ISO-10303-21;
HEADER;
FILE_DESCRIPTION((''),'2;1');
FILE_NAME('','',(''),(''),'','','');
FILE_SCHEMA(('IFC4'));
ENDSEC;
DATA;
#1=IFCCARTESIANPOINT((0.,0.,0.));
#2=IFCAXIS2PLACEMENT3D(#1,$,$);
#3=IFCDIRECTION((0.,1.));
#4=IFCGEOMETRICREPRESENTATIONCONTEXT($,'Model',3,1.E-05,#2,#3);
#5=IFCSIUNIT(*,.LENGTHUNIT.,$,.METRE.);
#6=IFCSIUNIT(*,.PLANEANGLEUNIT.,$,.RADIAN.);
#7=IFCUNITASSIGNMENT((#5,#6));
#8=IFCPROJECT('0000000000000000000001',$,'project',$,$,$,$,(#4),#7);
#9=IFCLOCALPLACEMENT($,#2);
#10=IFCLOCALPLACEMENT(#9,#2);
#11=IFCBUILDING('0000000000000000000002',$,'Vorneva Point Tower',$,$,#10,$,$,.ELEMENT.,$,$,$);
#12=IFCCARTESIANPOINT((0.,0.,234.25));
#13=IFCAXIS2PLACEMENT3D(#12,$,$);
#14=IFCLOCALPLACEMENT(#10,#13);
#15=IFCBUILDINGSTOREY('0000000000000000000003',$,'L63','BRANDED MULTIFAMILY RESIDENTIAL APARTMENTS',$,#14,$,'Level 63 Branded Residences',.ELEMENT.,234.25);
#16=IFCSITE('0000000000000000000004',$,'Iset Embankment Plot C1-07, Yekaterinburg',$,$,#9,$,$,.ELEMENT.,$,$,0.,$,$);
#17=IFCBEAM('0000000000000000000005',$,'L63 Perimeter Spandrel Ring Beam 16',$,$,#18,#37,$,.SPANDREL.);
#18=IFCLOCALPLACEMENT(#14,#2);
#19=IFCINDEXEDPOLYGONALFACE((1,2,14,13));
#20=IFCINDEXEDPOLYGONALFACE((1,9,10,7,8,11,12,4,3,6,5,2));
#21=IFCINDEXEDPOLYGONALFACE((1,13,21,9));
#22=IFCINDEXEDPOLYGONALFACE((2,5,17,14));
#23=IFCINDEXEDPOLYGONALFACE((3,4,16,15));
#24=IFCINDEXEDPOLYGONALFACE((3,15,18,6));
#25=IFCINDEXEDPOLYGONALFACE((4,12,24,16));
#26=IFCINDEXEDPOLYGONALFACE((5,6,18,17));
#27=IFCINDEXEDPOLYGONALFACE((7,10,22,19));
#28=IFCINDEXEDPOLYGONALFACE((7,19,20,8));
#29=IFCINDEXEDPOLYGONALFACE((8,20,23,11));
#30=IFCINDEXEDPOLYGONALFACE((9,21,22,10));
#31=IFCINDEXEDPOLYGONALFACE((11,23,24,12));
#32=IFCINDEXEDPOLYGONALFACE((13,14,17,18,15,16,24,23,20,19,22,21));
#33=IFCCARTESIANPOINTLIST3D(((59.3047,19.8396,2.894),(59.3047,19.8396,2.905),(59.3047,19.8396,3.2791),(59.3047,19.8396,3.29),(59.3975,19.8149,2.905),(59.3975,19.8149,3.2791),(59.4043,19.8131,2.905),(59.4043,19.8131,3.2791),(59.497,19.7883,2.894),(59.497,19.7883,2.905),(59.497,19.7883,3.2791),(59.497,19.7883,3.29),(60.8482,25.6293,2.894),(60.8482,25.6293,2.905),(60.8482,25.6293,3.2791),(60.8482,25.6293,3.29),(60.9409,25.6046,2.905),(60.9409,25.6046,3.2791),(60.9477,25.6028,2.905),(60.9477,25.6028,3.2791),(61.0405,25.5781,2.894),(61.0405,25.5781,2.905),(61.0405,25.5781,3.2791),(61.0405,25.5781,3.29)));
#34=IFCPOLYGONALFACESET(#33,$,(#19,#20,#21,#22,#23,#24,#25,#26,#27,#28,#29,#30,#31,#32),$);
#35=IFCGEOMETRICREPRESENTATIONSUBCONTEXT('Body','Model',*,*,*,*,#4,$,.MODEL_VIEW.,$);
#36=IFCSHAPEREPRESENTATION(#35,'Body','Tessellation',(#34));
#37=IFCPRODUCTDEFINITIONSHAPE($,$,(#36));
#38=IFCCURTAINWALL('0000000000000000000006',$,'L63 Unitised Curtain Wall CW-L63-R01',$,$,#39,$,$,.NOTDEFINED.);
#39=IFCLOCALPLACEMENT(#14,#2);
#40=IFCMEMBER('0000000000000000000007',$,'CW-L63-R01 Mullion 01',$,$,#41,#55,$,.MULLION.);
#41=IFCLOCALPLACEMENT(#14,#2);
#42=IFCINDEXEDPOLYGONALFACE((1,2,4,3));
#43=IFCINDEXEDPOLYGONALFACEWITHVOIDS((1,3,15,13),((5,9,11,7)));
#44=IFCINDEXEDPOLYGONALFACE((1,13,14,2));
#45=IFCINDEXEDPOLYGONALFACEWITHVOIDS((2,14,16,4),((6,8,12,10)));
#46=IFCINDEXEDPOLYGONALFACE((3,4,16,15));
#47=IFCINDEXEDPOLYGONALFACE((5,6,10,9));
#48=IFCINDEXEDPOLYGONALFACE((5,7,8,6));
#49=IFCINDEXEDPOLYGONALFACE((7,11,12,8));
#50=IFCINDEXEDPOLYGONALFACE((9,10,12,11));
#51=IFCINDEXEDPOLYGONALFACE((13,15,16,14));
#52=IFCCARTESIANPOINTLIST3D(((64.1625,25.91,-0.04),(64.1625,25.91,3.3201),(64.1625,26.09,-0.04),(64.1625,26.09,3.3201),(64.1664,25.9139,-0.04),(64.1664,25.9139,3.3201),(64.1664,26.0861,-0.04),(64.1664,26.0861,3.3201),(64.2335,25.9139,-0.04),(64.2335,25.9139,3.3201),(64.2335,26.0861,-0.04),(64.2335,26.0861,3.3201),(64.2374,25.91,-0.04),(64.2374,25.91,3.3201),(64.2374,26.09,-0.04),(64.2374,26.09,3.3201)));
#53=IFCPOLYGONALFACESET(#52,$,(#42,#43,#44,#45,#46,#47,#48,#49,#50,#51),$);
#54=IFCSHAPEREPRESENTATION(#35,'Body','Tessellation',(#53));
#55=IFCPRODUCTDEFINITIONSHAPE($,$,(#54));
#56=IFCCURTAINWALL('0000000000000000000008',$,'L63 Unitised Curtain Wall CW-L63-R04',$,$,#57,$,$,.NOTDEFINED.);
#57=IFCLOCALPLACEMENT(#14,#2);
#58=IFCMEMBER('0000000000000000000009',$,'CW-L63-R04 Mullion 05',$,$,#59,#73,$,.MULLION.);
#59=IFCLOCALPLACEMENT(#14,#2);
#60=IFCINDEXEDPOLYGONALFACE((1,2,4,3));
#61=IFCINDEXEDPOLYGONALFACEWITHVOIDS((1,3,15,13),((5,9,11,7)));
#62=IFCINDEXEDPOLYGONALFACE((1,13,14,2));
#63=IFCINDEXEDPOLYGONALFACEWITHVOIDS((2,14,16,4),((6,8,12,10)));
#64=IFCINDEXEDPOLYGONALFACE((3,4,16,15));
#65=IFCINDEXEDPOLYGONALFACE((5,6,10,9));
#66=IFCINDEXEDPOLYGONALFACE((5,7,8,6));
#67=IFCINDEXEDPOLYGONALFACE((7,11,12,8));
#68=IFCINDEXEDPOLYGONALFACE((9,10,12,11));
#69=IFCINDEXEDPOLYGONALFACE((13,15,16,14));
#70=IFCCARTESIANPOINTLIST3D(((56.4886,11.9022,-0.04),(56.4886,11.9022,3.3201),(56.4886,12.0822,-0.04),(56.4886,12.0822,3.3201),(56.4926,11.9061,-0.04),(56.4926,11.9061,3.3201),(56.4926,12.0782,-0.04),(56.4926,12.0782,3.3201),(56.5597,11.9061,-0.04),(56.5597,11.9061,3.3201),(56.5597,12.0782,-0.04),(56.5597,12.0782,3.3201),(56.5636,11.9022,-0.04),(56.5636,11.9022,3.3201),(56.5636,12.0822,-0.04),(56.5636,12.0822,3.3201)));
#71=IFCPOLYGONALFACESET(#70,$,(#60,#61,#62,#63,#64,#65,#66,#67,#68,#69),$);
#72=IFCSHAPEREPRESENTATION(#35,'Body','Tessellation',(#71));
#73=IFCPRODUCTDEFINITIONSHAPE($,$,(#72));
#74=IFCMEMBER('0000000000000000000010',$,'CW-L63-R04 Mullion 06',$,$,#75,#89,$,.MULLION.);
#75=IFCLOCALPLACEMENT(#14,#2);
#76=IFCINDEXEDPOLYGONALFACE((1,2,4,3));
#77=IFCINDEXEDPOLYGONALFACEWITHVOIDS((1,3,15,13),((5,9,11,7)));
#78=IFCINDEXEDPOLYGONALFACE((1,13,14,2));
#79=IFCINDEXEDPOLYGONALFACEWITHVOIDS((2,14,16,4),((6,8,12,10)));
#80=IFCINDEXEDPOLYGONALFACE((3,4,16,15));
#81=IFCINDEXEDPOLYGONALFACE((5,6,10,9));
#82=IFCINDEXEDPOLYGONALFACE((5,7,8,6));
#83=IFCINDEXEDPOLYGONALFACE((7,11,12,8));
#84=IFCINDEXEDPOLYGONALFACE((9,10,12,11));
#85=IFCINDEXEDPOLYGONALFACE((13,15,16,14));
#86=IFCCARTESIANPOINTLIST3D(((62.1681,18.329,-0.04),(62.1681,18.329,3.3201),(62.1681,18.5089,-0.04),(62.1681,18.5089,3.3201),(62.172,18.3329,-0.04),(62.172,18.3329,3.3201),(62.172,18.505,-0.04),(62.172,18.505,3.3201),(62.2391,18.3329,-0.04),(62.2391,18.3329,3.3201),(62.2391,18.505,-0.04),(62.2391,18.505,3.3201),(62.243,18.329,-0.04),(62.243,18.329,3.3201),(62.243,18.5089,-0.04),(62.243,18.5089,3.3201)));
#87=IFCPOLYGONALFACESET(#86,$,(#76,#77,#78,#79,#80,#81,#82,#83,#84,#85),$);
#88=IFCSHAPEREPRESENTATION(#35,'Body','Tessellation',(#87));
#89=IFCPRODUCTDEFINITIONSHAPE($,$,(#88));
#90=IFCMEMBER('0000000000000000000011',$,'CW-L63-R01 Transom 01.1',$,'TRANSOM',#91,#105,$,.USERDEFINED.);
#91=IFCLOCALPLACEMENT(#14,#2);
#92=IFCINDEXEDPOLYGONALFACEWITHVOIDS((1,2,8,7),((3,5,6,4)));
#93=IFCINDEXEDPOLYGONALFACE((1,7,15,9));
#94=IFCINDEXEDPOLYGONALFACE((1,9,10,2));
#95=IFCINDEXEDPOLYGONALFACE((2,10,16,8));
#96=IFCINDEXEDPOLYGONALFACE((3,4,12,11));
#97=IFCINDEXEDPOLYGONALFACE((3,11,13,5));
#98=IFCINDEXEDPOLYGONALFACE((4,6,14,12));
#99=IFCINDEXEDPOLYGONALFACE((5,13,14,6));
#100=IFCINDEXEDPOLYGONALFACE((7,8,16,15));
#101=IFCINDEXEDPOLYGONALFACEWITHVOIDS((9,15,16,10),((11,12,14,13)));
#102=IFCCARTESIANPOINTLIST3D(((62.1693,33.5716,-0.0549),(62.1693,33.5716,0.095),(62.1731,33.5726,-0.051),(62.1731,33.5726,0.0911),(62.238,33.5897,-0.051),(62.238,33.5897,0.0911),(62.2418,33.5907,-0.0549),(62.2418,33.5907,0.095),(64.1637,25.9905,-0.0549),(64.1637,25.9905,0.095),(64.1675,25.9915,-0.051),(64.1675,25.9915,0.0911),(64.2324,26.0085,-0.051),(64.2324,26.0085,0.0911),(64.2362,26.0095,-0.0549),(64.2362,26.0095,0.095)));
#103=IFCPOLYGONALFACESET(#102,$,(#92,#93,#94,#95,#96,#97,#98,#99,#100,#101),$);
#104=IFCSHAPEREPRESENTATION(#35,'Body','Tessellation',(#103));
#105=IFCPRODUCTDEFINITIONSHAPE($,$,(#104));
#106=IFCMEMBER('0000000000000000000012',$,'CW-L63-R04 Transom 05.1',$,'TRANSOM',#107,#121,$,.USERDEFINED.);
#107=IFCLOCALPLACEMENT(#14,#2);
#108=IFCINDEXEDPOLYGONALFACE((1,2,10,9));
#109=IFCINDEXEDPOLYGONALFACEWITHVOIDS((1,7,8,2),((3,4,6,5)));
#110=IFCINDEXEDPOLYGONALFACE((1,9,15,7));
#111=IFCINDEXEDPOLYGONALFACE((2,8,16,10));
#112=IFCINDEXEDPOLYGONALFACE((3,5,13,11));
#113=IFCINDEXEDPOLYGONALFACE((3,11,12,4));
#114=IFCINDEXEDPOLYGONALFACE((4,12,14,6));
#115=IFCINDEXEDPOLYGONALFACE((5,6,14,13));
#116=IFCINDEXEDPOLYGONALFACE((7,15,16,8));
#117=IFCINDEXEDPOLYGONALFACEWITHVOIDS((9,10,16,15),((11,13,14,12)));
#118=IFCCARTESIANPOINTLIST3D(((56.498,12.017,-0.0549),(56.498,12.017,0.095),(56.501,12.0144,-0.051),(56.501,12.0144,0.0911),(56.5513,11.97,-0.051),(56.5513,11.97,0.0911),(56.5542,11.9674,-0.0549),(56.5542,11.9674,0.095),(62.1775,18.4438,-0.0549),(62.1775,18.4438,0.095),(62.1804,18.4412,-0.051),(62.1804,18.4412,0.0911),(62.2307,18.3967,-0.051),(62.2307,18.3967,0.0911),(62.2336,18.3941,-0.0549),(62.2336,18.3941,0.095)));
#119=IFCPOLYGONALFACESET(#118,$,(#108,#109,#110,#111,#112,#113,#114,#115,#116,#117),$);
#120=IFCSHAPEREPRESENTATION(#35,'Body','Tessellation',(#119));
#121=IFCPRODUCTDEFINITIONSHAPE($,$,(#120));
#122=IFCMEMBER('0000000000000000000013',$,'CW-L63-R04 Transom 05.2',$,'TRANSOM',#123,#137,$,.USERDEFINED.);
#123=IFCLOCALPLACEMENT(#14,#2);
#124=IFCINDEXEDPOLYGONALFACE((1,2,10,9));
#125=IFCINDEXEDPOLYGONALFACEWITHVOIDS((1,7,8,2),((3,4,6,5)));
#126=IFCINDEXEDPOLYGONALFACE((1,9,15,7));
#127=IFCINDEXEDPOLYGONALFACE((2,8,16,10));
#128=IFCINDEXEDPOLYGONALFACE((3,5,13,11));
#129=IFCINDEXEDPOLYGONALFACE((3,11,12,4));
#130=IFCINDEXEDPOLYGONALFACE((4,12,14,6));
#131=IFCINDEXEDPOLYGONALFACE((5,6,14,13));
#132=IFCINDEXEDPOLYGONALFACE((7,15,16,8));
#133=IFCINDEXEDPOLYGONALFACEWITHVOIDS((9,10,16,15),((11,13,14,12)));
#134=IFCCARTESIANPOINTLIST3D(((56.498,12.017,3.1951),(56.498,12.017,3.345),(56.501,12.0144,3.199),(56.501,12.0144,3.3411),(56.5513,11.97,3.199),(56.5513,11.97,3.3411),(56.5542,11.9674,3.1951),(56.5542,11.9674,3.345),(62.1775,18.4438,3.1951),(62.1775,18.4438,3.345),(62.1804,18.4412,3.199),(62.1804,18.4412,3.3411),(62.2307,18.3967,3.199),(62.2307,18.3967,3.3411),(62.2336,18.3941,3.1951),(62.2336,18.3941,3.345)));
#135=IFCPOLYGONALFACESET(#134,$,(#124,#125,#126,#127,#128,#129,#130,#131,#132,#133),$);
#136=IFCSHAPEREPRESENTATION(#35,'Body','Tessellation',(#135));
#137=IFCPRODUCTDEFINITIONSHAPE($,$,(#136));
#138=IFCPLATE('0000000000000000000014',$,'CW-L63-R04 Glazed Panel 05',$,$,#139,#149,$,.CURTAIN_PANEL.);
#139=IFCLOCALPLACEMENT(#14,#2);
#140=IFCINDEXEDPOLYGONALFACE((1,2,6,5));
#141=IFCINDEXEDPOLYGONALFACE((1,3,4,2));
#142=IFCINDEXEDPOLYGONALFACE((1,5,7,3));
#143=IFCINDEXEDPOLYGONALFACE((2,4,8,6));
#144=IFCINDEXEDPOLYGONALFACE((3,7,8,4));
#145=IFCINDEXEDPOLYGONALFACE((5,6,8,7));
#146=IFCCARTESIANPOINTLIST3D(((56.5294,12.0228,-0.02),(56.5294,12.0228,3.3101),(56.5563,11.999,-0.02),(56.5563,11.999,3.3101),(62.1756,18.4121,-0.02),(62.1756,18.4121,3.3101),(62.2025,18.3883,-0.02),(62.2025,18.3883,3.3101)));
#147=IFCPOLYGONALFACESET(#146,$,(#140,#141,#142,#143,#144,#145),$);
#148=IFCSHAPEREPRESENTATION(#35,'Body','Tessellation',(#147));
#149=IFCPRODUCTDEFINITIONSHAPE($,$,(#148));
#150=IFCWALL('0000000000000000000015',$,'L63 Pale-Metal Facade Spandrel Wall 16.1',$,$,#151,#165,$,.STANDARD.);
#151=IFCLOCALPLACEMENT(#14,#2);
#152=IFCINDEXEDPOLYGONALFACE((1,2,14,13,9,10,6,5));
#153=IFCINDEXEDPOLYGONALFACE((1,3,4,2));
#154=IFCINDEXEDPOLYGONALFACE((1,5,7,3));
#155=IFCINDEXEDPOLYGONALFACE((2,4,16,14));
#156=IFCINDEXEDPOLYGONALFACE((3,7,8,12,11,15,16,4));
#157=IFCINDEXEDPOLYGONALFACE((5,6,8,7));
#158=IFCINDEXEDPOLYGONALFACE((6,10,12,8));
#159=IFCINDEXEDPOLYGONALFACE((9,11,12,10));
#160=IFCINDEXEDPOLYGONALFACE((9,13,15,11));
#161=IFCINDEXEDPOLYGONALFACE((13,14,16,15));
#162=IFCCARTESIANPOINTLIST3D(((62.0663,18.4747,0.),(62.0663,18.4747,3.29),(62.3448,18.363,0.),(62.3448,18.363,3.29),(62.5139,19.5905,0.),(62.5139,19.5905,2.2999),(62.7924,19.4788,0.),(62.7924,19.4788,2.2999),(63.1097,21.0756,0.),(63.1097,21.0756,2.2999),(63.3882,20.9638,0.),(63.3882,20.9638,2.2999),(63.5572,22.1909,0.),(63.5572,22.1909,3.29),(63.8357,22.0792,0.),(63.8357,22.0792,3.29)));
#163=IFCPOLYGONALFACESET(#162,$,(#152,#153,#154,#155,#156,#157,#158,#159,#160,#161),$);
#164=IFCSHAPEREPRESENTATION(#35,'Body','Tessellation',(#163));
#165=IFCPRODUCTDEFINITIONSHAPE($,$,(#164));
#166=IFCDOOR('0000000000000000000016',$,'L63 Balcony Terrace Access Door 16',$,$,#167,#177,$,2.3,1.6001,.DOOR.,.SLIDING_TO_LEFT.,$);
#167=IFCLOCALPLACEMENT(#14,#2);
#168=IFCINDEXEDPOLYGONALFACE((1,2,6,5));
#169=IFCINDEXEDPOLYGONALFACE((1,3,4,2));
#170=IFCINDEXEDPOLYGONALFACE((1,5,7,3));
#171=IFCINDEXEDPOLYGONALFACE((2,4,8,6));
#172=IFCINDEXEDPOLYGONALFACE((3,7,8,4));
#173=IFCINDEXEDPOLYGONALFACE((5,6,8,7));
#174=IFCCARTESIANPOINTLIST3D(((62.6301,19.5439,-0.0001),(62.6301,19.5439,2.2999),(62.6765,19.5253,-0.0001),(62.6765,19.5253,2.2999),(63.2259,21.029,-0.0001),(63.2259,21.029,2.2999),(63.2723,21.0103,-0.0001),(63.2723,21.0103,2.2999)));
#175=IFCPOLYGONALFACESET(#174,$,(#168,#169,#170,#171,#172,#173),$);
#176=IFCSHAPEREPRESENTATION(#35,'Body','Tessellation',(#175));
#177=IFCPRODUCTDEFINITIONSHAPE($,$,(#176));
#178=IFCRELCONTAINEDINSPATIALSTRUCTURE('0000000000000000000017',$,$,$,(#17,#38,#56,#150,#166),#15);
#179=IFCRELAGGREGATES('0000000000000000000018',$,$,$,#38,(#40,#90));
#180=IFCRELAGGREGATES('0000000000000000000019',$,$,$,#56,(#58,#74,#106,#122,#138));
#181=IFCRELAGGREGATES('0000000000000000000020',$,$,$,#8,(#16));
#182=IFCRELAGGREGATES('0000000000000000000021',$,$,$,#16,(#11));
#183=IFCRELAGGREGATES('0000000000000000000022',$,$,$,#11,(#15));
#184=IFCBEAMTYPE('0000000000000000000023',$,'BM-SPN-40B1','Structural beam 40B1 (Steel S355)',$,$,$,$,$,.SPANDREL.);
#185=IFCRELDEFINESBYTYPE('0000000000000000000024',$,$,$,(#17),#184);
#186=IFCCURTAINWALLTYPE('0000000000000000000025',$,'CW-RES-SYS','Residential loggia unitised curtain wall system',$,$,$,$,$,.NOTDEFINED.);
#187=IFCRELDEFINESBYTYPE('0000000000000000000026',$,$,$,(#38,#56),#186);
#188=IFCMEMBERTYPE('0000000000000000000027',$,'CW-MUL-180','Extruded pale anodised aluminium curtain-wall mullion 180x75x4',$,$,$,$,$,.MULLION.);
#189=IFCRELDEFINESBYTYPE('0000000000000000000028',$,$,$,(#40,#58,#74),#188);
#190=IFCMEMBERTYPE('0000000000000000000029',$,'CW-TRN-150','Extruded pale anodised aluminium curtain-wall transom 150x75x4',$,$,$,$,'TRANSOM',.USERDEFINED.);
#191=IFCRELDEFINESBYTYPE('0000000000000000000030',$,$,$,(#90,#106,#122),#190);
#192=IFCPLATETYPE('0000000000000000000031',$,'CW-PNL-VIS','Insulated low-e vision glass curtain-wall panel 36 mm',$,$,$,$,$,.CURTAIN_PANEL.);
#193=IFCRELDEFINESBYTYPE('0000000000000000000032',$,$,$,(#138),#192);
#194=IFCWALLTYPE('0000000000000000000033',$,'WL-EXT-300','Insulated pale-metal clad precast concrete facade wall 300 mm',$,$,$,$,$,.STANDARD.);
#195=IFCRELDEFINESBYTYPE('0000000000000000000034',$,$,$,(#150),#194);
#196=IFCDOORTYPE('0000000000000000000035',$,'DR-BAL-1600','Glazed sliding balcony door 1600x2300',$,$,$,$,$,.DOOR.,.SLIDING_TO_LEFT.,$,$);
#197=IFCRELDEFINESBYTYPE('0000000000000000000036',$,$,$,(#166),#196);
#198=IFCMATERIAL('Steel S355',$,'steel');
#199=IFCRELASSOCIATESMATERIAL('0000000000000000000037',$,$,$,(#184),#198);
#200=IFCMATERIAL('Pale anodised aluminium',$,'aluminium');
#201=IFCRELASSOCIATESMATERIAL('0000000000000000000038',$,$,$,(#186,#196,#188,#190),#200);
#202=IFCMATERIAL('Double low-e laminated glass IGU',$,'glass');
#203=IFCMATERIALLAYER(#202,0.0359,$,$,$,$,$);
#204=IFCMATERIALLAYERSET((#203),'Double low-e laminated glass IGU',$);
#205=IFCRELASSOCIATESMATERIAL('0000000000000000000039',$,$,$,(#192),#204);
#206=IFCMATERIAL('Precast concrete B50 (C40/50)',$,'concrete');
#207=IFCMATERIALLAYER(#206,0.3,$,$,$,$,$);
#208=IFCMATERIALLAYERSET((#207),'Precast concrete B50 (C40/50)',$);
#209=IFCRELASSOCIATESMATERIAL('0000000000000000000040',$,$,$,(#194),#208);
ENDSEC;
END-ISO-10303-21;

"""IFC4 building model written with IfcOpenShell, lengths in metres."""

from ifc_helpers import new_model, si_unit, direction, frame, frame_2d, origin, origin_2d, place, context, subcontext, project, spatial, rectangle, hollow_rectangle, i_section, extrude, material, layer, layer_set, material_profile, profile_set, type_object, element, fill, aggregate, save


model = new_model("IFC4")

# Units and contexts
model_context = context("Model", 3, precision=1e-05, world=origin(), true_north=direction((0.0, 1.0)))
body_context = subcontext(model_context, "Body", "Model", "MODEL_VIEW")
ifc_project = project(units=[si_unit("LENGTHUNIT", "METRE"), si_unit("PLANEANGLEUNIT", "RADIAN")], contexts=[model_context])

# Site, building, storey
site_placement = place(None, origin())
site = spatial("IfcSite", under=ifc_project, at=site_placement, Name="Iset Embankment Plot C1-07, Yekaterinburg", CompositionType="ELEMENT", RefElevation=0.0)
building_placement = place(site_placement, origin())
building = spatial("IfcBuilding", under=site, at=building_placement, Name="Vorneva Point Tower", CompositionType="ELEMENT")
storey_placement = place(building_placement, frame((0.0, 0.0, 234.25)))
storey = spatial("IfcBuildingStorey", under=building, at=storey_placement, Name="L63", Description="BRANDED MULTIFAMILY RESIDENTIAL APARTMENTS", LongName="Level 63 Branded Residences", CompositionType="ELEMENT", Elevation=234.25)

# Beam
ifc_material_1 = material(Name="Steel S355", Category="steel")
ifc_material_profile_1 = material_profile(ifc_material_1, i_section(OverallWidth=0.199, OverallDepth=0.396, WebThickness=0.0071, FlangeThickness=0.011, at=origin_2d()), Name="40B1")
ifc_profile_set_1 = profile_set([ifc_material_profile_1], Name="Steel S355")
beam_type_1 = type_object("IfcBeamType", Name="BM-SPN-40B1", Description="Structural beam 40B1 (Steel S355)", PredefinedType="SPANDREL", material=ifc_profile_set_1)
beam_1_placement = place(storey_placement, frame((59.4009, 19.814, 3.092), z_axis=(0.257587, 0.966255, 0.0), x_axis=(-0.966255, 0.257587, 0.0)))
element("IfcBeam", 1, at=beam_1_placement, inside=storey, type_object=beam_type_1, Name="L63 Perimeter Spandrel Ring Beam 16", PredefinedType="SPANDREL", context=body_context, shape_type="SweptSolid", body=[
    extrude(i_section(OverallWidth=0.199, OverallDepth=0.396, WebThickness=0.0071, FlangeThickness=0.011, at=origin_2d()), origin(), (0.0, 0.0, 1.0), 5.9919),
])

# Curtain wall, member
ifc_material_2 = material(Name="Pale anodised aluminium", Category="aluminium")
curtain_wall_type = type_object("IfcCurtainWallType", Name="CW-RES-SYS", Description="Residential loggia unitised curtain wall system", PredefinedType="NOTDEFINED", material=ifc_material_2)
curtain_wall_1_placement = place(storey_placement, origin())
curtain_wall_1 = element("IfcCurtainWall", 2, at=curtain_wall_1_placement, inside=storey, type_object=curtain_wall_type, Name="L63 Unitised Curtain Wall CW-L63-R01", PredefinedType="NOTDEFINED")
ifc_material_profile_2 = material_profile(ifc_material_2, hollow_rectangle(XDim=0.075, YDim=0.1799, WallThickness=0.0039, at=origin_2d()), Name="AL-MUL 180x75x4")
ifc_profile_set_2 = profile_set([ifc_material_profile_2], Name="Pale anodised aluminium")
member_type_1 = type_object("IfcMemberType", Name="CW-MUL-180", Description="Extruded pale anodised aluminium curtain-wall mullion 180x75x4", PredefinedType="MULLION", material=ifc_profile_set_2)
member_1_placement = place(storey_placement, frame((64.2, 26.0, -0.04), z_axis=(0.0, 0.0, 1.0), x_axis=(1.0, 0.0, 0.0)))
member_1 = element("IfcMember", 3, at=member_1_placement, type_object=member_type_1, Name="CW-L63-R01 Mullion 01", PredefinedType="MULLION", context=body_context, shape_type="SweptSolid", body=[
    extrude(hollow_rectangle(XDim=0.075, YDim=0.1799, WallThickness=0.0039, at=origin_2d()), origin(), (0.0, 0.0, 1.0), 3.3601),
])

# Curtain wall, members
curtain_wall_2_placement = place(storey_placement, origin())
curtain_wall_2 = element("IfcCurtainWall", 4, at=curtain_wall_2_placement, inside=storey, type_object=curtain_wall_type, Name="L63 Unitised Curtain Wall CW-L63-R04", PredefinedType="NOTDEFINED")
member_2_placement = place(storey_placement, frame((56.5261, 11.9922, -0.04), z_axis=(0.0, 0.0, 1.0), x_axis=(1.0, 0.0, 0.0)))
member_2 = element("IfcMember", 5, at=member_2_placement, type_object=member_type_1, Name="CW-L63-R04 Mullion 05", PredefinedType="MULLION", context=body_context, shape_type="SweptSolid", body=[
    extrude(hollow_rectangle(XDim=0.075, YDim=0.1799, WallThickness=0.0039, at=origin_2d()), origin(), (0.0, 0.0, 1.0), 3.3601),
])
member_3_placement = place(storey_placement, frame((62.2056, 18.4189, -0.04), z_axis=(0.0, 0.0, 1.0), x_axis=(1.0, 0.0, 0.0)))
member_3 = element("IfcMember", 6, at=member_3_placement, type_object=member_type_1, Name="CW-L63-R04 Mullion 06", PredefinedType="MULLION", context=body_context, shape_type="SweptSolid", body=[
    extrude(hollow_rectangle(XDim=0.075, YDim=0.1799, WallThickness=0.0039, at=origin_2d()), origin(), (0.0, 0.0, 1.0), 3.3601),
])

# Members
ifc_material_profile_3 = material_profile(ifc_material_2, hollow_rectangle(XDim=0.075, YDim=0.1499, WallThickness=0.0039, at=origin_2d()), Name="AL-TRN 150x75x4")
ifc_profile_set_3 = profile_set([ifc_material_profile_3], Name="Pale anodised aluminium")
member_type_2 = type_object("IfcMemberType", Name="CW-TRN-150", Description="Extruded pale anodised aluminium curtain-wall transom 150x75x4", ElementType="TRANSOM", PredefinedType="USERDEFINED", material=ifc_profile_set_3)
member_4_placement = place(storey_placement, frame((64.2, 26.0, 0.02), z_axis=(-0.254418, 0.967094, 0.0), x_axis=(-0.967094, -0.254418, 0.0)))
member_4 = element("IfcMember", 7, at=member_4_placement, type_object=member_type_2, Name="CW-L63-R01 Transom 01.1", ObjectType="TRANSOM", PredefinedType="USERDEFINED", context=body_context, shape_type="SweptSolid", body=[
    extrude(hollow_rectangle(XDim=0.075, YDim=0.1499, WallThickness=0.0039, at=origin_2d()), origin(), (0.0, 0.0, 1.0), 7.8391),
])
aggregate(curtain_wall_1, [member_1, member_4])
member_5_placement = place(storey_placement, frame((56.5261, 11.9922, 0.02), z_axis=(0.662197, 0.74933, 0.0), x_axis=(-0.74933, 0.662197, 0.0)))
member_5 = element("IfcMember", 8, at=member_5_placement, type_object=member_type_2, Name="CW-L63-R04 Transom 05.1", ObjectType="TRANSOM", PredefinedType="USERDEFINED", context=body_context, shape_type="SweptSolid", body=[
    extrude(hollow_rectangle(XDim=0.075, YDim=0.1499, WallThickness=0.0039, at=origin_2d()), origin(), (0.0, 0.0, 1.0), 8.5767),
])
member_6_placement = place(storey_placement, frame((56.5261, 11.9922, 3.27), z_axis=(0.662197, 0.74933, 0.0), x_axis=(-0.74933, 0.662197, 0.0)))
member_6 = element("IfcMember", 9, at=member_6_placement, type_object=member_type_2, Name="CW-L63-R04 Transom 05.2", ObjectType="TRANSOM", PredefinedType="USERDEFINED", context=body_context, shape_type="SweptSolid", body=[
    extrude(hollow_rectangle(XDim=0.075, YDim=0.1499, WallThickness=0.0039, at=origin_2d()), origin(), (0.0, 0.0, 1.0), 8.5767),
])

# Plate
ifc_material_3 = material(Name="Double low-e laminated glass IGU", Category="glass")
ifc_layer_1 = layer(ifc_material_3, 0.0359)
ifc_layer_set_1 = layer_set([ifc_layer_1], Name="Double low-e laminated glass IGU")
plate_type = type_object("IfcPlateType", Name="CW-PNL-VIS", Description="Insulated low-e vision glass curtain-wall panel 36 mm", PredefinedType="CURTAIN_PANEL", material=ifc_layer_set_1)
plate_placement = place(storey_placement, frame((59.366, 15.2056, -0.02), z_axis=(0.0, 0.0, 1.0), x_axis=(0.662189, 0.749337, 0.0)))
plate = element("IfcPlate", 10, at=plate_placement, type_object=plate_type, Name="CW-L63-R04 Glazed Panel 05", PredefinedType="CURTAIN_PANEL", context=body_context, shape_type="SweptSolid", body=[
    extrude(rectangle(XDim=8.5266, YDim=0.0359, at=origin_2d()), origin(), (0.0, 0.0, 1.0), 3.3301),
])
aggregate(curtain_wall_2, [member_2, member_3, member_5, member_6, plate])

# Wall, opening, door
ifc_material_4 = material(Name="Precast concrete B50 (C40/50)", Category="concrete")
ifc_layer_2 = layer(ifc_material_4, 0.3)
ifc_layer_set_2 = layer_set([ifc_layer_2], Name="Precast concrete B50 (C40/50)")
wall_type_1 = type_object("IfcWallType", Name="WL-EXT-300", Description="Insulated pale-metal clad precast concrete facade wall 300 mm", PredefinedType="STANDARD", material=ifc_layer_set_2)
wall_1_placement = place(storey_placement, frame((62.2056, 18.4189, 0.0), z_axis=(0.0, 0.0, 1.0), x_axis=(0.372347, 0.928094, 0.0)))
wall_1 = element("IfcWall", 11, at=wall_1_placement, inside=storey, type_object=wall_type_1, Name="L63 Pale-Metal Facade Spandrel Wall 16.1", PredefinedType="STANDARD", context=body_context, shape_type="SweptSolid", body=[
    extrude(rectangle(XDim=4.0042, YDim=0.3, at=frame_2d((2.002, 0.0))), origin(), (0.0, 0.0, 1.0), 3.29),
])
opening_1_placement = place(wall_1_placement, frame((1.2021, 0.0, 0.0)))
opening_1 = element("IfcOpeningElement", 12, at=opening_1_placement, cuts=wall_1, PredefinedType="OPENING", context=body_context, shape_type="SweptSolid", body=[
    extrude(rectangle(XDim=1.6001, YDim=2.3, at=frame_2d((0.8, 1.1499))), frame((0.0, 0.165, 0.0), z_axis=(0.0, -1.0, 0.0), x_axis=(1.0, 0.0, 0.0)), (0.0, 0.0, 1.0), 0.3298),
])
door_type = type_object("IfcDoorType", Name="DR-BAL-1600", Description="Glazed sliding balcony door 1600x2300", OperationType="SLIDING_TO_LEFT", PredefinedType="DOOR", material=ifc_material_2)
door_placement = place(opening_1_placement, origin())
door = element("IfcDoor", 13, at=door_placement, inside=storey, type_object=door_type, Name="L63 Balcony Terrace Access Door 16", OperationType="SLIDING_TO_LEFT", OverallHeight=2.3, OverallWidth=1.6001, PredefinedType="DOOR", context=body_context, shape_type="SweptSolid", body=[
    extrude(rectangle(XDim=1.6001, YDim=2.3, at=frame_2d((0.8, 1.1499))), frame((0.0, 0.0249, 0.0), z_axis=(0.0, -1.0, 0.0), x_axis=(1.0, 0.0, 0.0)), (0.0, 0.0, 1.0), 0.05),
])
fill(opening_1, door)

save(model, "model.ifc")
